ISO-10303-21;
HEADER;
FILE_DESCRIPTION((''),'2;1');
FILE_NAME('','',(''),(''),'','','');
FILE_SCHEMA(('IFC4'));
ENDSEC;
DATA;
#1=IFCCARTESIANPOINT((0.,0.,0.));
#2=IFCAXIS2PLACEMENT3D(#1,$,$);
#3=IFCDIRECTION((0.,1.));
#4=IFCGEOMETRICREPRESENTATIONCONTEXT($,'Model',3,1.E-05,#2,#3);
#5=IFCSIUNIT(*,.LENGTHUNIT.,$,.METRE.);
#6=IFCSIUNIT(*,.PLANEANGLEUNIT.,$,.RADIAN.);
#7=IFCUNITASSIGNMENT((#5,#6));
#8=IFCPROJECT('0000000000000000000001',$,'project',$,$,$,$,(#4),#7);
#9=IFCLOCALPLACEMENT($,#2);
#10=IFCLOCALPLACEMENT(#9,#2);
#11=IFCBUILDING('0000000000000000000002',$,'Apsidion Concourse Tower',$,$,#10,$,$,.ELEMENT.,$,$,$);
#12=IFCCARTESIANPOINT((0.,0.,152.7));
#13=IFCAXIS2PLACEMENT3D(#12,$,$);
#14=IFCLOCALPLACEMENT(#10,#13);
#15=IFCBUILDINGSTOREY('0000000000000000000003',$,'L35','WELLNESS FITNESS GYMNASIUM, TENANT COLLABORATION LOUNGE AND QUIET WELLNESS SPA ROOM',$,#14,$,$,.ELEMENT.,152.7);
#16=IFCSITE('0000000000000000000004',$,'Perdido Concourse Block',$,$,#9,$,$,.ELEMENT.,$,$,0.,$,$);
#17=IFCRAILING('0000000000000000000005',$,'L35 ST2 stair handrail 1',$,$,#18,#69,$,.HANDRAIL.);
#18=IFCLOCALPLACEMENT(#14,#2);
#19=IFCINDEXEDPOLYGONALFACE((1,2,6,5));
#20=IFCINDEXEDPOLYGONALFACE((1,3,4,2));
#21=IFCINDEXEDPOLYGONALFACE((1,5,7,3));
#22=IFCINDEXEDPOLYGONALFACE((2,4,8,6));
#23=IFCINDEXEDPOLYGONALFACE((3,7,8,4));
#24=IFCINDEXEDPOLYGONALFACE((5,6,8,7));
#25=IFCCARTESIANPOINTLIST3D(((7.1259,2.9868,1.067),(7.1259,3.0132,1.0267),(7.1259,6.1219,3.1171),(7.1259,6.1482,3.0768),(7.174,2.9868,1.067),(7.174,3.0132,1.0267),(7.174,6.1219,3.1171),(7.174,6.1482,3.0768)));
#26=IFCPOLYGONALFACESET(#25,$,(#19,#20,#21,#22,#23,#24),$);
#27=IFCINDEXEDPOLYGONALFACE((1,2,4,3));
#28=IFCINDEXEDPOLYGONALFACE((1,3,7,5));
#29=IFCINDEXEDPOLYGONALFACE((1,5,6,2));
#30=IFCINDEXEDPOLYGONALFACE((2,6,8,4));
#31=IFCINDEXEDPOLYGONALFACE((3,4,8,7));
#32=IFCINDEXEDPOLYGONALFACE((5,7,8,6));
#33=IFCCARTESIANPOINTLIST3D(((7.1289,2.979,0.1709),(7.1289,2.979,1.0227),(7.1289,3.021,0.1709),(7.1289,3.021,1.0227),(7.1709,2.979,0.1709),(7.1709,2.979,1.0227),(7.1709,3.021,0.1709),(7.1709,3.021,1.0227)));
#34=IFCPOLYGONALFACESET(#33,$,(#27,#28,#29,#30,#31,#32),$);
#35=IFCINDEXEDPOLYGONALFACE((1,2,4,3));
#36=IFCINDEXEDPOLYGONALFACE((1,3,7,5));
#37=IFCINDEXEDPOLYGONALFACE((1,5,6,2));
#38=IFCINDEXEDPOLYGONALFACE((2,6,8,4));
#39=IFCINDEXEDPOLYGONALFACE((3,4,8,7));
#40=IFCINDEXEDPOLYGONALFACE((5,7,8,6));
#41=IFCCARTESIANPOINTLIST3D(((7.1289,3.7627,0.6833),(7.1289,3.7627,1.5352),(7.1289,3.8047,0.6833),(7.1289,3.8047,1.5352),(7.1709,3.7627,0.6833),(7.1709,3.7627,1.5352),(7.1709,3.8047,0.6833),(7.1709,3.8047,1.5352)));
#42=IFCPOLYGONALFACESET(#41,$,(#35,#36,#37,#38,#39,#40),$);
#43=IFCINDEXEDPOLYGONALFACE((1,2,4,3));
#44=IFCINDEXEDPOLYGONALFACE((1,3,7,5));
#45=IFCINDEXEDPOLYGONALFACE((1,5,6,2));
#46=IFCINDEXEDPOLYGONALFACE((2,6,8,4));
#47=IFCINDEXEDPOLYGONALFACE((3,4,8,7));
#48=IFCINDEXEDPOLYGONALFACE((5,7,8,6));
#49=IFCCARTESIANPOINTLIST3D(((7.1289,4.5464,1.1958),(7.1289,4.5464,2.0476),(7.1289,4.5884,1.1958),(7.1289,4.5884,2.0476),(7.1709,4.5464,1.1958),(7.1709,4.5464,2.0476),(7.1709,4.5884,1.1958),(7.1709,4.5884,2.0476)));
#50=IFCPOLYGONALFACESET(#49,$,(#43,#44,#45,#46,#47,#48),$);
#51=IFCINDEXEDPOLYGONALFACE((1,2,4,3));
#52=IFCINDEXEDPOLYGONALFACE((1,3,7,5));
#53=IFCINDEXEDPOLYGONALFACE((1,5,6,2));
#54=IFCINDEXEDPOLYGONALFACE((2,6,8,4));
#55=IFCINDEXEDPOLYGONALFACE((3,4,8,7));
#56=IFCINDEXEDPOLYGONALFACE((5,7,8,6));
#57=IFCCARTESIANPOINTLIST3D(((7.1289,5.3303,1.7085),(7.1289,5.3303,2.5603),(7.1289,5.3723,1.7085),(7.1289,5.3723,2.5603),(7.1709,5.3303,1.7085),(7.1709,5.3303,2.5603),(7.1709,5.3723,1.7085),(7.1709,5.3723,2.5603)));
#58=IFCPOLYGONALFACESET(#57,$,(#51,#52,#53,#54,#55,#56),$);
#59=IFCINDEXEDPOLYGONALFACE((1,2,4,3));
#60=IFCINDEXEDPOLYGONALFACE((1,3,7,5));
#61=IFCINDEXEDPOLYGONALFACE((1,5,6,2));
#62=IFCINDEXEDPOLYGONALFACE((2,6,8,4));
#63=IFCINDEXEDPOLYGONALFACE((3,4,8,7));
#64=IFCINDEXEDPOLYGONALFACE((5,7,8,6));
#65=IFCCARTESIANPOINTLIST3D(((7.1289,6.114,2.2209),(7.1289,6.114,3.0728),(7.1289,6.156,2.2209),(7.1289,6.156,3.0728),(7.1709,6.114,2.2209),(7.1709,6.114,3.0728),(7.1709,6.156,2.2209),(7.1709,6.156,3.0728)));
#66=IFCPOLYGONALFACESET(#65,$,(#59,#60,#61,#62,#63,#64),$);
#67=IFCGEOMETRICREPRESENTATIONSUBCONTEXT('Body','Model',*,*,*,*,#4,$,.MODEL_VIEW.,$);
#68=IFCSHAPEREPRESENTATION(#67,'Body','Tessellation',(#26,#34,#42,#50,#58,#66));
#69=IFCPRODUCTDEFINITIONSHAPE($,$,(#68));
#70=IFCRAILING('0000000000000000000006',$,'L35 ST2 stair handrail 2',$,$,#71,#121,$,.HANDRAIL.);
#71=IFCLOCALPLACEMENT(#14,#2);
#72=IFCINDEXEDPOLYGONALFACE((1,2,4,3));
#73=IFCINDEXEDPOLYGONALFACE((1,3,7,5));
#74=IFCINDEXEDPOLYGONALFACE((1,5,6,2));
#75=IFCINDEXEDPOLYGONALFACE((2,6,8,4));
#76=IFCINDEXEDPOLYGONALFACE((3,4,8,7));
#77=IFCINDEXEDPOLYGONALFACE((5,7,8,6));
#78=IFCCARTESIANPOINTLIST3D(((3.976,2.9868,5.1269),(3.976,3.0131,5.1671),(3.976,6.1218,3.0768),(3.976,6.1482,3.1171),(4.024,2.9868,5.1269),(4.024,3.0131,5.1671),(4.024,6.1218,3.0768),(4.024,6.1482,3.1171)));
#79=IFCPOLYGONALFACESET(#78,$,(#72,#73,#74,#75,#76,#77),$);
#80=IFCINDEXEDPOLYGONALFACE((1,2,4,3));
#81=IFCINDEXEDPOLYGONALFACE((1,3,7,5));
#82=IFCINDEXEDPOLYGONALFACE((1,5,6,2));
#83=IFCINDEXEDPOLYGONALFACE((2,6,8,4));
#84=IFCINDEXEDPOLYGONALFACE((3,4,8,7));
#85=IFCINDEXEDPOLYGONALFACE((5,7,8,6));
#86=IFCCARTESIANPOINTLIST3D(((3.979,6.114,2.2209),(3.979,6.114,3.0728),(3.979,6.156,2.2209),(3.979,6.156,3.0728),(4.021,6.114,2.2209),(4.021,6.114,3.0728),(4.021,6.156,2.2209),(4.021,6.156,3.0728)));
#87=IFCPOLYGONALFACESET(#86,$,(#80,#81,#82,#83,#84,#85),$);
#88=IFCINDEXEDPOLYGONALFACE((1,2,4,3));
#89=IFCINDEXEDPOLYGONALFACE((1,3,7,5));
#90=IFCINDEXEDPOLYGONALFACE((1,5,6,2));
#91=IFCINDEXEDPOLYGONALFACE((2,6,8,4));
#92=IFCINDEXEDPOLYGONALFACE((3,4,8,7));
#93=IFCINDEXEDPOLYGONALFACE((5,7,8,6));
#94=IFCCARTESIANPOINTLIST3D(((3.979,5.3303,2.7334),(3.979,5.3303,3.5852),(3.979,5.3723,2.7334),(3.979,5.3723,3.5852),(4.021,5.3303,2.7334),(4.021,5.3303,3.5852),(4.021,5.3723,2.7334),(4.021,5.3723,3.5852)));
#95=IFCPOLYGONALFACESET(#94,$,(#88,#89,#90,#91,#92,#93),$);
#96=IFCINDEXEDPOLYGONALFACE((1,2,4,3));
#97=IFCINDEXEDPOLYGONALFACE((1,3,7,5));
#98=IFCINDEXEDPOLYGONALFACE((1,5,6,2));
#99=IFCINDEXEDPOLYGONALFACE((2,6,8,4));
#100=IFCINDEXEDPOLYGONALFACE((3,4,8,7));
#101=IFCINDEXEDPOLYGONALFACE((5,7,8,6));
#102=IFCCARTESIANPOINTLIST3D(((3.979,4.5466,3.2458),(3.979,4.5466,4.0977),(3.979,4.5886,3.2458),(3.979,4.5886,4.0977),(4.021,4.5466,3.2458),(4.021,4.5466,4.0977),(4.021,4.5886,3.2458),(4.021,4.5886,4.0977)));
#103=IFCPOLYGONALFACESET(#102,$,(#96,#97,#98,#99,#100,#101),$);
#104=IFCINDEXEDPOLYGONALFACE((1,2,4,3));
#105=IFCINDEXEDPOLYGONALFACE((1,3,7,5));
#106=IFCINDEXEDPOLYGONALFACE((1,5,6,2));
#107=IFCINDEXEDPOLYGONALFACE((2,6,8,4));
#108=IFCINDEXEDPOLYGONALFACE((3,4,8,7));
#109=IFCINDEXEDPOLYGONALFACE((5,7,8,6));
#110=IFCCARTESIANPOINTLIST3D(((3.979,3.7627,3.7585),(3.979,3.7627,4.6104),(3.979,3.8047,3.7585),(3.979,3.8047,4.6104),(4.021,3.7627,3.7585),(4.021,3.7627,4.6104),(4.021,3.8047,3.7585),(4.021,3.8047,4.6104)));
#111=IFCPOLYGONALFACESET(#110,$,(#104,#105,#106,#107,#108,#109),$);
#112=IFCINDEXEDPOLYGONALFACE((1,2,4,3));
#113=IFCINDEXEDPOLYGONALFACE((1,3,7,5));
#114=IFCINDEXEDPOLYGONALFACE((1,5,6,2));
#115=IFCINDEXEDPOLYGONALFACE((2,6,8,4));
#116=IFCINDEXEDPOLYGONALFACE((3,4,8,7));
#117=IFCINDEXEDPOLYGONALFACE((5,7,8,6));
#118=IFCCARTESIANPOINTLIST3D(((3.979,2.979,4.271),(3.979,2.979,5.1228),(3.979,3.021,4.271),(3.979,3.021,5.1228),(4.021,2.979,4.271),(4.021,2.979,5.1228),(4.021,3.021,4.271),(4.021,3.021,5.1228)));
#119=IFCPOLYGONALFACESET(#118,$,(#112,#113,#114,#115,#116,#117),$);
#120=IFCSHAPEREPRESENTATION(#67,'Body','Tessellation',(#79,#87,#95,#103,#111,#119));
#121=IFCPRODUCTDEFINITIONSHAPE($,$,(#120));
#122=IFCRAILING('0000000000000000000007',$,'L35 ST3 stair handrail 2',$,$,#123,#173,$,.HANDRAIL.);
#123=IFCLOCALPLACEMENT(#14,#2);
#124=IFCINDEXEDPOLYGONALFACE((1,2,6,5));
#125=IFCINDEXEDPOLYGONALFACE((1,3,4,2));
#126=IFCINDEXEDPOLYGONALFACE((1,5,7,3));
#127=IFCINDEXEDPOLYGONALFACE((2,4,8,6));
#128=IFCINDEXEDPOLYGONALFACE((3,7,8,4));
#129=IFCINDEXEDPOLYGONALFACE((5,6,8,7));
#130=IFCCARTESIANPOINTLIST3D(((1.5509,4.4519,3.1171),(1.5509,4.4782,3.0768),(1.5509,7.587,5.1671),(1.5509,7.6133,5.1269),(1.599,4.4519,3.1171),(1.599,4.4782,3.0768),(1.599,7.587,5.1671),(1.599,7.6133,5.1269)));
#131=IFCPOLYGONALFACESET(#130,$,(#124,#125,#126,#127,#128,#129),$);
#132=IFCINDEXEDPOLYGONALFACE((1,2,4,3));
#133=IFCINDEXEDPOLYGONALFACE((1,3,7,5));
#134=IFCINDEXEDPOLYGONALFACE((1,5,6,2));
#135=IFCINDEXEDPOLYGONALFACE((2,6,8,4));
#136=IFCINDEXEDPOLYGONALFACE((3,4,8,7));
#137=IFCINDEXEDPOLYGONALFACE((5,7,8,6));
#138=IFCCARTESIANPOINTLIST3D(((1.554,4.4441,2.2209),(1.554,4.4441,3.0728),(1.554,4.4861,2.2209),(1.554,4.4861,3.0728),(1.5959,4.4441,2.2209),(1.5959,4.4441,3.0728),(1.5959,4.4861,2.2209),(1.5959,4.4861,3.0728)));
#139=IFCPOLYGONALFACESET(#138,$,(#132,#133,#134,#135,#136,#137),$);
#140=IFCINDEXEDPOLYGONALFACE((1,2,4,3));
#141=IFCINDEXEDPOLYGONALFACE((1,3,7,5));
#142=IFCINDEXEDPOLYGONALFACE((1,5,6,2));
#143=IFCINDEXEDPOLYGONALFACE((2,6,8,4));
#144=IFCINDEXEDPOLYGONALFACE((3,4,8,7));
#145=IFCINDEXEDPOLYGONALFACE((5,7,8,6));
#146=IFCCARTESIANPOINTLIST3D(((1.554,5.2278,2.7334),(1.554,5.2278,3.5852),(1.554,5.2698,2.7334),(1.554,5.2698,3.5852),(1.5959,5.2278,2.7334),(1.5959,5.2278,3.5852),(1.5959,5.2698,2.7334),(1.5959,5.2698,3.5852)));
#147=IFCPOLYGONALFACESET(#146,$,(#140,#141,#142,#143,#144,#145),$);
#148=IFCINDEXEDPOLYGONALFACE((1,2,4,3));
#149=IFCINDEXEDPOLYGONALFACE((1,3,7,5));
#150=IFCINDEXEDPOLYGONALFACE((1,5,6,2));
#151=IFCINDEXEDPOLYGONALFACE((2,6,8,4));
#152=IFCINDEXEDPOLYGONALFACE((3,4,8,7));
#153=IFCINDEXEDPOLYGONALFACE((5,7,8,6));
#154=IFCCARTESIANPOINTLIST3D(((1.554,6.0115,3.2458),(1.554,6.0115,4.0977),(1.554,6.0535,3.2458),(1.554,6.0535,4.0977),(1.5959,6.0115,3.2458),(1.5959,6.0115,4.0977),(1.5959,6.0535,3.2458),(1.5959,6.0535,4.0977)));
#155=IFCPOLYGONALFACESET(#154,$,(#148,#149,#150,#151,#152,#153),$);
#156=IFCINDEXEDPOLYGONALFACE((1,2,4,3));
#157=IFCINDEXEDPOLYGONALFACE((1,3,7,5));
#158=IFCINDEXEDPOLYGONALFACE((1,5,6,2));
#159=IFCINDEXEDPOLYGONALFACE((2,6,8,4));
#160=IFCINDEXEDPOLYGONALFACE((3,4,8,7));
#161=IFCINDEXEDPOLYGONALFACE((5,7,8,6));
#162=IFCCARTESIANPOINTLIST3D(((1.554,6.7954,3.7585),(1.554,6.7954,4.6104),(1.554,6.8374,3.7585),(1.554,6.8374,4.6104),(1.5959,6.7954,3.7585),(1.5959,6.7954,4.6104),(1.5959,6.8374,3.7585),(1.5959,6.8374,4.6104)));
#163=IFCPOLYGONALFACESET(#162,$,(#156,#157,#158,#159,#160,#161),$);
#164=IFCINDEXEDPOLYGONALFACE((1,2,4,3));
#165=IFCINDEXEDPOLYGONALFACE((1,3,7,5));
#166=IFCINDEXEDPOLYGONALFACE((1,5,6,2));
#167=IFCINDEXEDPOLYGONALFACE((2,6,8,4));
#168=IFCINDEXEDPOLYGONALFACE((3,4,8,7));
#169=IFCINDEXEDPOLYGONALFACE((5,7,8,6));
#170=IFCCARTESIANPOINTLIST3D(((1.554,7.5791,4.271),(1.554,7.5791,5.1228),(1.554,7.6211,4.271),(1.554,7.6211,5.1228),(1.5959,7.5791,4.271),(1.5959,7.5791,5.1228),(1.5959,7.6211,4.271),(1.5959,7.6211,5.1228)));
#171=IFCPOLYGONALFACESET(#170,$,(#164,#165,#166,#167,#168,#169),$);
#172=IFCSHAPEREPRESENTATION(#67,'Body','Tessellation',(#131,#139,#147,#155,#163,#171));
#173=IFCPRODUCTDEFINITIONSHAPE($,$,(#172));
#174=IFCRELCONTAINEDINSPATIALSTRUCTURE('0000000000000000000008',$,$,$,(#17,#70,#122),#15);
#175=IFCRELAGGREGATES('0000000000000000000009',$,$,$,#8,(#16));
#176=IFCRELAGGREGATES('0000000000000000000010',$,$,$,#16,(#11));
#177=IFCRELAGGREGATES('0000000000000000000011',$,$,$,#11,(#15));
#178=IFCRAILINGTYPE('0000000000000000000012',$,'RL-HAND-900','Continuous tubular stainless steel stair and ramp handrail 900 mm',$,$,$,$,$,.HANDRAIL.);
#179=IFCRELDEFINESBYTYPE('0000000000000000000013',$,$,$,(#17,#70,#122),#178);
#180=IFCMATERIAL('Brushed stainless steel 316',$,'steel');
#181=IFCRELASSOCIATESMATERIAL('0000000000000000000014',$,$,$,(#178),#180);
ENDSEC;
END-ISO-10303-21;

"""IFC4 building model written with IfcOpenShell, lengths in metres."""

from ifc_helpers import new_model, si_unit, direction, frame, origin, origin_2d, place, context, subcontext, project, spatial, rectangle, extrude, material, type_object, element, save


model = new_model("IFC4")

# Units and contexts
model_context = context("Model", 3, precision=1e-05, world=origin(), true_north=direction((0.0, 1.0)))
body_context = subcontext(model_context, "Body", "Model", "MODEL_VIEW")
ifc_project = project(units=[si_unit("LENGTHUNIT", "METRE"), si_unit("PLANEANGLEUNIT", "RADIAN")], contexts=[model_context])

# Site, building, storey
site_placement = place(None, origin())
site = spatial("IfcSite", under=ifc_project, at=site_placement, Name="Perdido Concourse Block", CompositionType="ELEMENT", RefElevation=0.0)
building_placement = place(site_placement, origin())
building = spatial("IfcBuilding", under=site, at=building_placement, Name="Apsidion Concourse Tower", CompositionType="ELEMENT")
storey_placement = place(building_placement, frame((0.0, 0.0, 152.7)))
storey = spatial("IfcBuildingStorey", under=building, at=storey_placement, Name="L35", Description="WELLNESS FITNESS GYMNASIUM, TENANT COLLABORATION LOUNGE AND QUIET WELLNESS SPA ROOM", CompositionType="ELEMENT", Elevation=152.7)

# Railings
ifc_material_1 = material(Name="Brushed stainless steel 316", Category="steel")
railing_type_1 = type_object("IfcRailingType", Name="RL-HAND-900", Description="Continuous tubular stainless steel stair and ramp handrail 900 mm", PredefinedType="HANDRAIL", material=ifc_material_1)
railing_1_placement = place(storey_placement, frame((7.1499, 3.0, 0.1709)))
element("IfcRailing", 1, at=railing_1_placement, inside=storey, type_object=railing_type_1, Name="L35 ST2 stair handrail 1", PredefinedType="HANDRAIL", context=body_context, shape_type="SweptSolid", body=[
    extrude(rectangle(XDim=0.0481, YDim=0.0481, at=origin_2d()), frame((0.0, 0.0, 0.876), z_axis=(0.0, 0.836941, 0.547293), x_axis=(-1.0, 0.0, 0.0)), (0.0, 0.0, 1.0), 3.7458),
    extrude(rectangle(XDim=0.042, YDim=0.042, at=origin_2d()), origin(), (0.0, 0.0, 1.0), 0.8518),
    extrude(rectangle(XDim=0.042, YDim=0.042, at=origin_2d()), frame((0.0, 0.7837, 0.5125)), (0.0, 0.0, 1.0), 0.8518),
    extrude(rectangle(XDim=0.042, YDim=0.042, at=origin_2d()), frame((0.0, 1.5674, 1.0249)), (0.0, 0.0, 1.0), 0.8518),
    extrude(rectangle(XDim=0.042, YDim=0.042, at=origin_2d()), frame((0.0, 2.3513, 1.5376)), (0.0, 0.0, 1.0), 0.8518),
    extrude(rectangle(XDim=0.042, YDim=0.042, at=origin_2d()), frame((0.0, 3.135, 2.05)), (0.0, 0.0, 1.0), 0.8518),
])
railing_2_placement = place(storey_placement, frame((4.0, 6.135, 2.2209)))
element("IfcRailing", 2, at=railing_2_placement, inside=storey, type_object=railing_type_1, Name="L35 ST2 stair handrail 2", PredefinedType="HANDRAIL", context=body_context, shape_type="SweptSolid", body=[
    extrude(rectangle(XDim=0.0481, YDim=0.0481, at=origin_2d()), frame((0.0, 0.0, 0.876), z_axis=(0.0, -0.836941, 0.547293), x_axis=(1.0, 0.0, 0.0)), (0.0, 0.0, 1.0), 3.7458),
    extrude(rectangle(XDim=0.042, YDim=0.042, at=origin_2d()), origin(), (0.0, 0.0, 1.0), 0.8518),
    extrude(rectangle(XDim=0.042, YDim=0.042, at=origin_2d()), frame((0.0, -0.7837, 0.5125)), (0.0, 0.0, 1.0), 0.8518),
    extrude(rectangle(XDim=0.042, YDim=0.042, at=origin_2d()), frame((0.0, -1.5674, 1.0249)), (0.0, 0.0, 1.0), 0.8518),
    extrude(rectangle(XDim=0.042, YDim=0.042, at=origin_2d()), frame((0.0, -2.3513, 1.5376)), (0.0, 0.0, 1.0), 0.8518),
    extrude(rectangle(XDim=0.042, YDim=0.042, at=origin_2d()), frame((0.0, -3.135, 2.05)), (0.0, 0.0, 1.0), 0.8518),
])
railing_3_placement = place(storey_placement, frame((1.575, 4.4651, 2.2209)))
element("IfcRailing", 3, at=railing_3_placement, inside=storey, type_object=railing_type_1, Name="L35 ST3 stair handrail 2", PredefinedType="HANDRAIL", context=body_context, shape_type="SweptSolid", body=[
    extrude(rectangle(XDim=0.0481, YDim=0.0481, at=origin_2d()), frame((0.0, 0.0, 0.876), z_axis=(0.0, 0.836941, 0.547293), x_axis=(-1.0, 0.0, 0.0)), (0.0, 0.0, 1.0), 3.7458),
    extrude(rectangle(XDim=0.042, YDim=0.042, at=origin_2d()), origin(), (0.0, 0.0, 1.0), 0.8518),
    extrude(rectangle(XDim=0.042, YDim=0.042, at=origin_2d()), frame((0.0, 0.7837, 0.5125)), (0.0, 0.0, 1.0), 0.8518),
    extrude(rectangle(XDim=0.042, YDim=0.042, at=origin_2d()), frame((0.0, 1.5674, 1.0249)), (0.0, 0.0, 1.0), 0.8518),
    extrude(rectangle(XDim=0.042, YDim=0.042, at=origin_2d()), frame((0.0, 2.3513, 1.5376)), (0.0, 0.0, 1.0), 0.8518),
    extrude(rectangle(XDim=0.042, YDim=0.042, at=origin_2d()), frame((0.0, 3.135, 2.05)), (0.0, 0.0, 1.0), 0.8518),
])

save(model, "model.ifc")
